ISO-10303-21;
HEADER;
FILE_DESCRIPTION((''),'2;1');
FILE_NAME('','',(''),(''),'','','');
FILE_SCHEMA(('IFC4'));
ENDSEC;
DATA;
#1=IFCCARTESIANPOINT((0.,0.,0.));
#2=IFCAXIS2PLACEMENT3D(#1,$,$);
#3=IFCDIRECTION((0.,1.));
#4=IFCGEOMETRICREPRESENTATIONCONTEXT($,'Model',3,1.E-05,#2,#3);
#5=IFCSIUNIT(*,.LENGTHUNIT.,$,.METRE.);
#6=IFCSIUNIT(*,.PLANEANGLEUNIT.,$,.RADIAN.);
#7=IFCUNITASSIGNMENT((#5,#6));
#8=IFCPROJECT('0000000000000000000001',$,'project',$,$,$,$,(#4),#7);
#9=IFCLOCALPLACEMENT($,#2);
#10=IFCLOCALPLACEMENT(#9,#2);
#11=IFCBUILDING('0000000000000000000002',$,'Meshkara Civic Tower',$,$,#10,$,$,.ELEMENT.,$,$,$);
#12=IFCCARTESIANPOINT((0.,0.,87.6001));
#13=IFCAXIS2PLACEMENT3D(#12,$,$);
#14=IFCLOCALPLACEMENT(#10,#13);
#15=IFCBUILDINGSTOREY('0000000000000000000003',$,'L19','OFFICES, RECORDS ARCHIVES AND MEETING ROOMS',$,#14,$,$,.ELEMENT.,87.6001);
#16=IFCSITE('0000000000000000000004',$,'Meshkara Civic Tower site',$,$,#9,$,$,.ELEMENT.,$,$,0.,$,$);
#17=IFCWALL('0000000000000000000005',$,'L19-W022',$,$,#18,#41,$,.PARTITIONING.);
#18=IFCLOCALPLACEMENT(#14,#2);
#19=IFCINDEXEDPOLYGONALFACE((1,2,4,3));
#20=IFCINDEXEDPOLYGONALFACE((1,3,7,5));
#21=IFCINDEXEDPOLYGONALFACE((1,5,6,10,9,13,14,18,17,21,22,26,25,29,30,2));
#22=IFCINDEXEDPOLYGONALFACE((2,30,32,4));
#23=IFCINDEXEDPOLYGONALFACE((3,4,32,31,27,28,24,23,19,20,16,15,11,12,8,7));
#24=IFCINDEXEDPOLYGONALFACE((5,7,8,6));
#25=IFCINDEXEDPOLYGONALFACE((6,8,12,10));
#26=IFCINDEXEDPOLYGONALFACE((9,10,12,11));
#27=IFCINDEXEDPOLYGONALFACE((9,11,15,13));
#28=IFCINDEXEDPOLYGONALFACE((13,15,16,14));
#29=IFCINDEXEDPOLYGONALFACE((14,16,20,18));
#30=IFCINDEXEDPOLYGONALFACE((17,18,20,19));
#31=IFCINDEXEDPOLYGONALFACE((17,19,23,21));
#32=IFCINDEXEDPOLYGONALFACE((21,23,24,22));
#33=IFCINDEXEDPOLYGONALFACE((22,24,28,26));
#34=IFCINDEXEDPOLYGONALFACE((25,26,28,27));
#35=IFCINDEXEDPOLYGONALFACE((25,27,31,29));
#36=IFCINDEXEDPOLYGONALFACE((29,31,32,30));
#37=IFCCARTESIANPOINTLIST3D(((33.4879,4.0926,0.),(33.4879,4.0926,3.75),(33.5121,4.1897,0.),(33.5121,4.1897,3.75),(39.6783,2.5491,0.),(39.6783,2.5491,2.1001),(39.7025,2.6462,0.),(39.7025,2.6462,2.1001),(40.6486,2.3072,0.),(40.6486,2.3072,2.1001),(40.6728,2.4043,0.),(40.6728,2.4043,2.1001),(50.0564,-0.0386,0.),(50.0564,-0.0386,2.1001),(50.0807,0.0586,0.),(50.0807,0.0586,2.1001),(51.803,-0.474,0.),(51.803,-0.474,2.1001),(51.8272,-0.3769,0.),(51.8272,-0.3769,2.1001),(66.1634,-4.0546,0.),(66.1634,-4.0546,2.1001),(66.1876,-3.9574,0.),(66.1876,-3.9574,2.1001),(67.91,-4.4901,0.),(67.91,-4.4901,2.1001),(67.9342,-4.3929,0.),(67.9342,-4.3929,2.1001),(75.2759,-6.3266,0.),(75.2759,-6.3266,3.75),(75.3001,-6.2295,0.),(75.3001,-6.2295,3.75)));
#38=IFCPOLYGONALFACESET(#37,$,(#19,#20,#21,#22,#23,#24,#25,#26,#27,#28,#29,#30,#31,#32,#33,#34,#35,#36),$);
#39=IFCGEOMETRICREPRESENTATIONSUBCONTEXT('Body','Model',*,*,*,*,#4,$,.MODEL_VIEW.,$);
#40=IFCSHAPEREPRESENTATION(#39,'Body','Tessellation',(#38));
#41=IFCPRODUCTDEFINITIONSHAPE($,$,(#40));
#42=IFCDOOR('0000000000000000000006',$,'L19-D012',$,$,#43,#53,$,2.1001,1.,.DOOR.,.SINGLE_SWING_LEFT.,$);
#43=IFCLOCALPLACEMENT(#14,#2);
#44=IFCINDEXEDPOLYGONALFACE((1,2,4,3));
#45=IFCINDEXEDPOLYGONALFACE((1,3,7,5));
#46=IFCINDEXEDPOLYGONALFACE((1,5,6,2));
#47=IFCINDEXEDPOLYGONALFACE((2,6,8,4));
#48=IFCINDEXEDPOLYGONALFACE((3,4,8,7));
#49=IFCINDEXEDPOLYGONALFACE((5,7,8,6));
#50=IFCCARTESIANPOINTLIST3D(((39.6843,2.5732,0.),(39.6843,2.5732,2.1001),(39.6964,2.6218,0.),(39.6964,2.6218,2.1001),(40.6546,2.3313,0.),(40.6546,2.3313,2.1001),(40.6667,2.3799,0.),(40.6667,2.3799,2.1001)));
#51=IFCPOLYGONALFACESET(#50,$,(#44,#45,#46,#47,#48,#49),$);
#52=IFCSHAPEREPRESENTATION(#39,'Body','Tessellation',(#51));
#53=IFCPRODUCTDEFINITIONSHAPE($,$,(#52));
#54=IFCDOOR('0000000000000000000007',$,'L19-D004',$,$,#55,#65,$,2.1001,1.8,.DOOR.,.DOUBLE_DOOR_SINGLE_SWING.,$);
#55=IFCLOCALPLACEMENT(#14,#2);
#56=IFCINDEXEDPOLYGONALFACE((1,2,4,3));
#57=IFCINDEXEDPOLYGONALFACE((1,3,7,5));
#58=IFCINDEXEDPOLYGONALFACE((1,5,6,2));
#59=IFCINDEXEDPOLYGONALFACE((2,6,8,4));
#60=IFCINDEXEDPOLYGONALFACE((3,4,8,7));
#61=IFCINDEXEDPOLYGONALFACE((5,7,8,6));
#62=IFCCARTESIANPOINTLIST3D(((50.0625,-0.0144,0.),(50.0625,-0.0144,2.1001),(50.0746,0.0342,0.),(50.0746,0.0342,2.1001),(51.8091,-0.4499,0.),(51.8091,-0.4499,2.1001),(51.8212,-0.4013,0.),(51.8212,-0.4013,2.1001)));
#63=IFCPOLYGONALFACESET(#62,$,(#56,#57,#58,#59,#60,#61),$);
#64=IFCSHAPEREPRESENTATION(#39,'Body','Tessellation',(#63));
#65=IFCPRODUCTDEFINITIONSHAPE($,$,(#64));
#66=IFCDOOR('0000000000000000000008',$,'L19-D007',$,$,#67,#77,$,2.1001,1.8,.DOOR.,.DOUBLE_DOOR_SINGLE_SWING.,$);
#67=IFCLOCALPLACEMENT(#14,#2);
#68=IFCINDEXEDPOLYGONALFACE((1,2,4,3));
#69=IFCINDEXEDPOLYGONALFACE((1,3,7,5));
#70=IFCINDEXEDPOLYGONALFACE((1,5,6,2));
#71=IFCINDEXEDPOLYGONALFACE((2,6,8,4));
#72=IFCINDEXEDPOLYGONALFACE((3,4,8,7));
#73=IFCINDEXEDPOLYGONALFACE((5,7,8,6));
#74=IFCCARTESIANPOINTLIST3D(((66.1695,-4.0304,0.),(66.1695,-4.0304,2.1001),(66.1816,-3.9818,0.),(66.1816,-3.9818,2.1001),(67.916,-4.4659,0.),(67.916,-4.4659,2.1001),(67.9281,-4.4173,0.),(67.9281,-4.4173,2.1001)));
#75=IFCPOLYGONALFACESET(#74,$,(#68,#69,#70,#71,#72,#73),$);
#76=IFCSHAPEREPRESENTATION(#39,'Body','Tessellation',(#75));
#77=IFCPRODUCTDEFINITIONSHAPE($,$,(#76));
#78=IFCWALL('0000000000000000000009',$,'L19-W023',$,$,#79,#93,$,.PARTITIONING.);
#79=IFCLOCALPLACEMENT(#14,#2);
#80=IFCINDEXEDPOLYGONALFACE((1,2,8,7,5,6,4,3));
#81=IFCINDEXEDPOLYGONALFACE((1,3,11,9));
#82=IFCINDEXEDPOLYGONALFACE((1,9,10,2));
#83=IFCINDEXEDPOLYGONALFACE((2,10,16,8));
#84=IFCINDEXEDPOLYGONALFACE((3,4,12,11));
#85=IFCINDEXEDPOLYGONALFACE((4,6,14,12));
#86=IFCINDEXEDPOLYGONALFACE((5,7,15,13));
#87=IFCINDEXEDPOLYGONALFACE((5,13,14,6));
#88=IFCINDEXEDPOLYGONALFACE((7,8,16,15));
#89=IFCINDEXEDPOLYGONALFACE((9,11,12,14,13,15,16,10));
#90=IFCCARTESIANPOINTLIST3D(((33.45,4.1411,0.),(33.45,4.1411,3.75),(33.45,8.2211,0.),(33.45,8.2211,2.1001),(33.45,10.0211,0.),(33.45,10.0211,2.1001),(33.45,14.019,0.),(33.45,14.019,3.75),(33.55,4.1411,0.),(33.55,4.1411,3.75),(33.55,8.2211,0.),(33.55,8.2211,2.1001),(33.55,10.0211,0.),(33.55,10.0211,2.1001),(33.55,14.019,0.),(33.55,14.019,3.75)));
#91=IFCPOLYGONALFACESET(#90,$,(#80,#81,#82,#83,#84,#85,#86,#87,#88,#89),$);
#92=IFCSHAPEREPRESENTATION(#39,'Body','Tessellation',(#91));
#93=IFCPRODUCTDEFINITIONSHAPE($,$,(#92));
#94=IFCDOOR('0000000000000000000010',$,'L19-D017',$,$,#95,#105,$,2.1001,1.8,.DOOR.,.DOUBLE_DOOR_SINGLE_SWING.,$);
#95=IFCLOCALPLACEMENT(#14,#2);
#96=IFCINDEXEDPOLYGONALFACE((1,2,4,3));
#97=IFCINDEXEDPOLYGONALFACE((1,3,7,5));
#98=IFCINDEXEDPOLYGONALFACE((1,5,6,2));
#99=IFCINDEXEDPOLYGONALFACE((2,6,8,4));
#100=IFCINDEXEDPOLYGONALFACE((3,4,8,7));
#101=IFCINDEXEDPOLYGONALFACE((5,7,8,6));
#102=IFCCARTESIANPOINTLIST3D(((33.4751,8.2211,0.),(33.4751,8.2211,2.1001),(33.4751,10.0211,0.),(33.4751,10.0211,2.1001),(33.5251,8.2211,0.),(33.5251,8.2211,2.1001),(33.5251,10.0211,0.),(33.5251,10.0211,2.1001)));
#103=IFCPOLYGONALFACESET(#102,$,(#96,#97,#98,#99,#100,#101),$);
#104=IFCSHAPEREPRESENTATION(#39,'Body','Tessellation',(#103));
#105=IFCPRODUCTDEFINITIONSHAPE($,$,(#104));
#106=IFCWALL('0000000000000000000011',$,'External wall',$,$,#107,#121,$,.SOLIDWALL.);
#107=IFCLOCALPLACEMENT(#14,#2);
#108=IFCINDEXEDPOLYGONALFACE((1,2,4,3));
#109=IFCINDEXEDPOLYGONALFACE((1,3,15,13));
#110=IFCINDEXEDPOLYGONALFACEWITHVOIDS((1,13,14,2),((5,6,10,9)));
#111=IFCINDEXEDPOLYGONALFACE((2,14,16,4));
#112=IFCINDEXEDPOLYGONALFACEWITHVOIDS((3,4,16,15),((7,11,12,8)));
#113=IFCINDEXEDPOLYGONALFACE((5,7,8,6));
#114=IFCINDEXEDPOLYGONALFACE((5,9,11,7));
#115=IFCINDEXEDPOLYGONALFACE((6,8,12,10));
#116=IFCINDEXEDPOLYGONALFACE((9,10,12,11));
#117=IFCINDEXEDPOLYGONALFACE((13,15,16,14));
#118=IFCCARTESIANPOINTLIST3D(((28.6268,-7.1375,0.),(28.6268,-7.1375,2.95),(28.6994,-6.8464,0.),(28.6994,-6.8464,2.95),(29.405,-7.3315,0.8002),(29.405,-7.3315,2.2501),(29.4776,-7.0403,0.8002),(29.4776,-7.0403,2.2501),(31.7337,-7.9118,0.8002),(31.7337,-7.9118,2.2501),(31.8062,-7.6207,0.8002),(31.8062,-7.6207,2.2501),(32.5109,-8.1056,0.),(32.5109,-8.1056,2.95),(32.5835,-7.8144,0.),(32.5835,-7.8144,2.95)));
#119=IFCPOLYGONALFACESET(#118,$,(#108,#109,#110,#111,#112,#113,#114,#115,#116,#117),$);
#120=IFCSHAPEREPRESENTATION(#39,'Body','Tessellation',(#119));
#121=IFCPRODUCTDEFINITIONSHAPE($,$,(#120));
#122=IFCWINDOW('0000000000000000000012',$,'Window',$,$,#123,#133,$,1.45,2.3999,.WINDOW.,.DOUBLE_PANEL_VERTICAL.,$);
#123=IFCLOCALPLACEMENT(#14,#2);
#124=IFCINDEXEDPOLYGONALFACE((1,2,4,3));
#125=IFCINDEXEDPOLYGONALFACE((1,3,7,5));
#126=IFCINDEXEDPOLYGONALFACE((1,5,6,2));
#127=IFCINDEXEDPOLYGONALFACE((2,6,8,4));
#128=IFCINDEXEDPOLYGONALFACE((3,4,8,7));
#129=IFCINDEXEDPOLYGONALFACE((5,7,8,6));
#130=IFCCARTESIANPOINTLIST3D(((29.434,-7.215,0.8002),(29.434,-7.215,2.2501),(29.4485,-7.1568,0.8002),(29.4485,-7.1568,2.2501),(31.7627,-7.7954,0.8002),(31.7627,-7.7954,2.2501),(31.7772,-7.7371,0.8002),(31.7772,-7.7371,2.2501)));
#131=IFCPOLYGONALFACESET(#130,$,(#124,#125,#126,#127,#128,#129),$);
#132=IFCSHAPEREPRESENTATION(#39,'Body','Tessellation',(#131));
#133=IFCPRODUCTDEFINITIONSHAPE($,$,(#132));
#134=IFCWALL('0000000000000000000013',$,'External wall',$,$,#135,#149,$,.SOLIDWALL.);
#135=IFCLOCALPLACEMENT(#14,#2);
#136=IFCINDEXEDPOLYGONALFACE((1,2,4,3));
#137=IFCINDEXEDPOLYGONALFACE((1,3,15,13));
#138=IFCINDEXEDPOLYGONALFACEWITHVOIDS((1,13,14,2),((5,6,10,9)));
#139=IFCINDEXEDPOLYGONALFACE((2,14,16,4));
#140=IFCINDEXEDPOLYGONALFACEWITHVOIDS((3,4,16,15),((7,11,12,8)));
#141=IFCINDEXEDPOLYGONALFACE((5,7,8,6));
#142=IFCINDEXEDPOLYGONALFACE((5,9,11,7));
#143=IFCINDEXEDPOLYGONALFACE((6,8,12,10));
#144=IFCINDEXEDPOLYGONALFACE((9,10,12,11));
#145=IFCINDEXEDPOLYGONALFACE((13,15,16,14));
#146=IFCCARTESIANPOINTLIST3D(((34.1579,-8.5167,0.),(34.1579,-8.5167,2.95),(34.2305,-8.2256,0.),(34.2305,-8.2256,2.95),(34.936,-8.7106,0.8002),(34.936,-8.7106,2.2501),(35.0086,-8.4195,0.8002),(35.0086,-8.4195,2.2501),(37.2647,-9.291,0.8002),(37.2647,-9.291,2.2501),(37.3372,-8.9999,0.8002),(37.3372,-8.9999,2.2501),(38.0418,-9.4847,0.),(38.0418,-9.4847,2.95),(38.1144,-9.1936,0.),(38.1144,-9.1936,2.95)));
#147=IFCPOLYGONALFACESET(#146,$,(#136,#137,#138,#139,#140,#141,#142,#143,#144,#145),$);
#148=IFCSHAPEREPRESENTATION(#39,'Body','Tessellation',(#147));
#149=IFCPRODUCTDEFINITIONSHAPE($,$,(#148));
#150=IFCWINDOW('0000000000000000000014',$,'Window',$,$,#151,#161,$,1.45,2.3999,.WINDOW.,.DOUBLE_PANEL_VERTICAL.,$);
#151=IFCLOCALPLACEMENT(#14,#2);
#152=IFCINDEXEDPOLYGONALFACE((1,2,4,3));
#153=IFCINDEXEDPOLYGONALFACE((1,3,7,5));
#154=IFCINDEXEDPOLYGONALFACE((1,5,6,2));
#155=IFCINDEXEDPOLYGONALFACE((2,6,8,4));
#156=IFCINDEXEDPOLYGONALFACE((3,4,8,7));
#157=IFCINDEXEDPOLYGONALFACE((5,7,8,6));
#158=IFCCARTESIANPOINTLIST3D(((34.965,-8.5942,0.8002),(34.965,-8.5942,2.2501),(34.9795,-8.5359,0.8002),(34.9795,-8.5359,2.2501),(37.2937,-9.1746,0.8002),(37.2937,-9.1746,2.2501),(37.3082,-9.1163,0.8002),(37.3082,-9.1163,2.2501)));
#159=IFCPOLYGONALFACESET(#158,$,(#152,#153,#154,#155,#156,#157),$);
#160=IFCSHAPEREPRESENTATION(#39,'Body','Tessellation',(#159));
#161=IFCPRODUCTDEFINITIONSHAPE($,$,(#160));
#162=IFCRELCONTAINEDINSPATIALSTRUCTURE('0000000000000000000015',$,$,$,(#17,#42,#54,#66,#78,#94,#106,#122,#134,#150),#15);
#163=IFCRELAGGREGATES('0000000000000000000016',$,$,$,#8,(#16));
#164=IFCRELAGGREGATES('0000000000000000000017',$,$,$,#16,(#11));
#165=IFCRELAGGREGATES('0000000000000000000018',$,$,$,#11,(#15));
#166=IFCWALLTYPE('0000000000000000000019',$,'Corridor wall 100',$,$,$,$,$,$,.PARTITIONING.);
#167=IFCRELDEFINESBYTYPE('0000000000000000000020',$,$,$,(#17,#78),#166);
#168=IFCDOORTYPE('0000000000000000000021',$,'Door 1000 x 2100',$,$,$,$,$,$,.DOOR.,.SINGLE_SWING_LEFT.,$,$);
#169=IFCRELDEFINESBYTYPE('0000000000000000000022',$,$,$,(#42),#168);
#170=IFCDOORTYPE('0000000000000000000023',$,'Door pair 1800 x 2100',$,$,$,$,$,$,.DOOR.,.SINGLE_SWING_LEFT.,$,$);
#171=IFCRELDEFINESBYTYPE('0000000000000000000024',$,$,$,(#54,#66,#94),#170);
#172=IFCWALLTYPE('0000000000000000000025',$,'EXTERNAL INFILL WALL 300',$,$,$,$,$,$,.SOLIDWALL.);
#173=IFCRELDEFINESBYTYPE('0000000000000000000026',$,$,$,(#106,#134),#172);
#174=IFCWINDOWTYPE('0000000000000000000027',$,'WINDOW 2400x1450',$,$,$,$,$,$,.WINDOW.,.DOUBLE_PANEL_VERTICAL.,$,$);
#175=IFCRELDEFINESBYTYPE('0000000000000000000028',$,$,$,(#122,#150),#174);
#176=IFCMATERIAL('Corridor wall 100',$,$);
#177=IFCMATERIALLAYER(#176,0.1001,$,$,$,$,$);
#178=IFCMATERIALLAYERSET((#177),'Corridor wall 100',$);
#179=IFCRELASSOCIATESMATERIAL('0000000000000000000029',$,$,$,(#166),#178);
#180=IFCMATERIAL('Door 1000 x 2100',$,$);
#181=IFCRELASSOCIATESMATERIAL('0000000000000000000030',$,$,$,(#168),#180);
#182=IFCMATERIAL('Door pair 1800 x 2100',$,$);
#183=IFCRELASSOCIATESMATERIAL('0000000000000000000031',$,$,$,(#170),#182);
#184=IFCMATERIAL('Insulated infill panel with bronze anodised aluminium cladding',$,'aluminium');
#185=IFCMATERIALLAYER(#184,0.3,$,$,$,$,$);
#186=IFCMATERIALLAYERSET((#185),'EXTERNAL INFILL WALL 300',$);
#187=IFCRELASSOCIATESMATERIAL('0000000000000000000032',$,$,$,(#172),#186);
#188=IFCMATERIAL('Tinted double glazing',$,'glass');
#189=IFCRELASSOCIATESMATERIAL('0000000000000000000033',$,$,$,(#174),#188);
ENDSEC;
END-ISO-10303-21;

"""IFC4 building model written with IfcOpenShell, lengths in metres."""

from ifc_helpers import new_model, si_unit, direction, frame, frame_2d, origin, place, context, subcontext, project, spatial, rectangle, extrude, material, layer, layer_set, type_object, element, fill, save


model = new_model("IFC4")

# Units and contexts
model_context = context("Model", 3, precision=1e-05, world=origin(), true_north=direction((0.0, 1.0)))
body_context = subcontext(model_context, "Body", "Model", "MODEL_VIEW")
ifc_project = project(units=[si_unit("LENGTHUNIT", "METRE"), si_unit("PLANEANGLEUNIT", "RADIAN")], contexts=[model_context])

# Site, building, storey
site_placement = place(None, origin())
site = spatial("IfcSite", under=ifc_project, at=site_placement, Name="Meshkara Civic Tower site", CompositionType="ELEMENT", RefElevation=0.0)
building_placement = place(site_placement, origin())
building = spatial("IfcBuilding", under=site, at=building_placement, Name="Meshkara Civic Tower", CompositionType="ELEMENT")
storey_placement = place(building_placement, frame((0.0, 0.0, 87.6001)))
storey = spatial("IfcBuildingStorey", under=building, at=storey_placement, Name="L19", Description="OFFICES, RECORDS ARCHIVES AND MEETING ROOMS", CompositionType="ELEMENT", Elevation=87.6001)

# Wall, openings, doors
ifc_material_1 = material(Name="Corridor wall 100")
ifc_layer_1 = layer(ifc_material_1, 0.1001)
ifc_layer_set_1 = layer_set([ifc_layer_1], Name="Corridor wall 100")
wall_type_1 = type_object("IfcWallType", Name="Corridor wall 100", PredefinedType="PARTITIONING", material=ifc_layer_set_1)
wall_1_placement = place(storey_placement, frame((33.5, 4.1411, 0.0), z_axis=(0.0, 0.0, 1.0), x_axis=(0.970294, -0.241927, 0.0)))
wall_1 = element("IfcWall", 1, at=wall_1_placement, inside=storey, type_object=wall_type_1, Name="L19-W022", PredefinedType="PARTITIONING", context=body_context, shape_type="SweptSolid", body=[
    extrude(rectangle(XDim=43.0674, YDim=0.1001, at=frame_2d((21.5337, 0.0))), origin(), (0.0, 0.0, 1.0), 3.75),
])
opening_1_placement = place(wall_1_placement, frame((17.0759, 0.0, 0.0)))
opening_1 = element("IfcOpeningElement", 2, at=opening_1_placement, cuts=wall_1, PredefinedType="OPENING", context=body_context, shape_type="SweptSolid", body=[
    extrude(rectangle(XDim=1.8, YDim=2.1001, at=frame_2d((0.8999, 1.05))), frame((0.0, 0.0601, 0.0), z_axis=(0.0, -1.0, 0.0), x_axis=(1.0, 0.0, 0.0)), (0.0, 0.0, 1.0), 0.1201),
])
opening_2_placement = place(wall_1_placement, frame((33.676, 0.0, 0.0)))
opening_2 = element("IfcOpeningElement", 3, at=opening_2_placement, cuts=wall_1, PredefinedType="OPENING", context=body_context, shape_type="SweptSolid", body=[
    extrude(rectangle(XDim=1.8, YDim=2.1001, at=frame_2d((0.8999, 1.05))), frame((0.0, 0.0601, 0.0), z_axis=(0.0, -1.0, 0.0), x_axis=(1.0, 0.0, 0.0)), (0.0, 0.0, 1.0), 0.1201),
])
opening_3_placement = place(wall_1_placement, frame((6.3799, 0.0, 0.0)))
opening_3 = element("IfcOpeningElement", 4, at=opening_3_placement, cuts=wall_1, PredefinedType="OPENING", context=body_context, shape_type="SweptSolid", body=[
    extrude(rectangle(XDim=1.0, YDim=2.1001, at=frame_2d((0.5, 1.05))), frame((0.0, 0.0601, 0.0), z_axis=(0.0, -1.0, 0.0), x_axis=(1.0, 0.0, 0.0)), (0.0, 0.0, 1.0), 0.1201),
])
ifc_material_2 = material(Name="Door 1000 x 2100")
door_type_1 = type_object("IfcDoorType", Name="Door 1000 x 2100", OperationType="SINGLE_SWING_LEFT", PredefinedType="DOOR", material=ifc_material_2)
door_1_placement = place(opening_3_placement, origin())
door_1 = element("IfcDoor", 5, at=door_1_placement, inside=storey, type_object=door_type_1, Name="L19-D012", OperationType="SINGLE_SWING_LEFT", OverallHeight=2.1001, OverallWidth=1.0, PredefinedType="DOOR", context=body_context, shape_type="SweptSolid", body=[
    extrude(rectangle(XDim=1.0, YDim=2.1001, at=frame_2d((0.5, 1.05))), frame((0.0, 0.0249, 0.0), z_axis=(0.0, -1.0, 0.0), x_axis=(1.0, 0.0, 0.0)), (0.0, 0.0, 1.0), 0.05),
])
fill(opening_3, door_1)
ifc_material_3 = material(Name="Door pair 1800 x 2100")
door_type_2 = type_object("IfcDoorType", Name="Door pair 1800 x 2100", OperationType="SINGLE_SWING_LEFT", PredefinedType="DOOR", material=ifc_material_3)
door_2_placement = place(opening_1_placement, origin())
door_2 = element("IfcDoor", 6, at=door_2_placement, inside=storey, type_object=door_type_2, Name="L19-D004", OperationType="DOUBLE_DOOR_SINGLE_SWING", OverallHeight=2.1001, OverallWidth=1.8, PredefinedType="DOOR", context=body_context, shape_type="SweptSolid", body=[
    extrude(rectangle(XDim=1.8, YDim=2.1001, at=frame_2d((0.8999, 1.05))), frame((0.0, 0.0249, 0.0), z_axis=(0.0, -1.0, 0.0), x_axis=(1.0, 0.0, 0.0)), (0.0, 0.0, 1.0), 0.05),
])
fill(opening_1, door_2)
door_3_placement = place(opening_2_placement, origin())
door_3 = element("IfcDoor", 7, at=door_3_placement, inside=storey, type_object=door_type_2, Name="L19-D007", OperationType="DOUBLE_DOOR_SINGLE_SWING", OverallHeight=2.1001, OverallWidth=1.8, PredefinedType="DOOR", context=body_context, shape_type="SweptSolid", body=[
    extrude(rectangle(XDim=1.8, YDim=2.1001, at=frame_2d((0.8999, 1.05))), frame((0.0, 0.0249, 0.0), z_axis=(0.0, -1.0, 0.0), x_axis=(1.0, 0.0, 0.0)), (0.0, 0.0, 1.0), 0.05),
])
fill(opening_2, door_3)

# Wall, opening, door
wall_2_placement = place(storey_placement, frame((33.5, 4.1411, 0.0), z_axis=(0.0, 0.0, 1.0), x_axis=(0.0, 1.0, 0.0)))
wall_2 = element("IfcWall", 8, at=wall_2_placement, inside=storey, type_object=wall_type_1, Name="L19-W023", PredefinedType="PARTITIONING", context=body_context, shape_type="SweptSolid", body=[
    extrude(rectangle(XDim=9.8779, YDim=0.1001, at=frame_2d((4.939, 0.0))), origin(), (0.0, 0.0, 1.0), 3.75),
])
opening_4_placement = place(wall_2_placement, frame((4.0801, 0.0, 0.0)))
opening_4 = element("IfcOpeningElement", 9, at=opening_4_placement, cuts=wall_2, PredefinedType="OPENING", context=body_context, shape_type="SweptSolid", body=[
    extrude(rectangle(XDim=1.8, YDim=2.1001, at=frame_2d((0.8999, 1.05))), frame((0.0, 0.0601, 0.0), z_axis=(0.0, -1.0, 0.0), x_axis=(1.0, 0.0, 0.0)), (0.0, 0.0, 1.0), 0.1201),
])
door_4_placement = place(opening_4_placement, origin())
door_4 = element("IfcDoor", 10, at=door_4_placement, inside=storey, type_object=door_type_2, Name="L19-D017", OperationType="DOUBLE_DOOR_SINGLE_SWING", OverallHeight=2.1001, OverallWidth=1.8, PredefinedType="DOOR", context=body_context, shape_type="SweptSolid", body=[
    extrude(rectangle(XDim=1.8, YDim=2.1001, at=frame_2d((0.8999, 1.05))), frame((0.0, 0.0249, 0.0), z_axis=(0.0, -1.0, 0.0), x_axis=(1.0, 0.0, 0.0)), (0.0, 0.0, 1.0), 0.05),
])
fill(opening_4, door_4)

# Walls, openings, windows
ifc_material_4 = material(Name="Insulated infill panel with bronze anodised aluminium cladding", Category="aluminium")
ifc_layer_2 = layer(ifc_material_4, 0.3)
ifc_layer_set_2 = layer_set([ifc_layer_2], Name="EXTERNAL INFILL WALL 300")
wall_type_2 = type_object("IfcWallType", Name="EXTERNAL INFILL WALL 300", PredefinedType="SOLIDWALL", material=ifc_layer_set_2)
wall_3_placement = place(storey_placement, frame((28.6631, -6.9919, 0.0), z_axis=(0.0, 0.0, 1.0), x_axis=(0.970318, -0.241832, 0.0)))
wall_3 = element("IfcWall", 11, at=wall_3_placement, inside=storey, type_object=wall_type_2, Name="External wall", PredefinedType="SOLIDWALL", context=body_context, shape_type="SweptSolid", body=[
    extrude(rectangle(XDim=4.0029, YDim=0.3, at=frame_2d((2.0015, 0.0))), origin(), (0.0, 0.0, 1.0), 2.95),
])
opening_5_placement = place(wall_3_placement, frame((0.802, 0.0, 0.8)))
opening_5 = element("IfcOpeningElement", 12, at=opening_5_placement, cuts=wall_3, PredefinedType="OPENING", context=body_context, shape_type="SweptSolid", body=[
    extrude(rectangle(XDim=2.3999, YDim=1.45, at=frame_2d((1.2, 0.7251))), frame((0.0, 0.1599, 0.0), z_axis=(0.0, -1.0, 0.0), x_axis=(1.0, 0.0, 0.0)), (0.0, 0.0, 1.0), 0.3201),
])
ifc_material_5 = material(Name="Tinted double glazing", Category="glass")
window_type = type_object("IfcWindowType", Name="WINDOW 2400x1450", PartitioningType="DOUBLE_PANEL_VERTICAL", PredefinedType="WINDOW", material=ifc_material_5)
window_1_placement = place(opening_5_placement, origin())
window_1 = element("IfcWindow", 13, at=window_1_placement, inside=storey, type_object=window_type, Name="Window", OverallHeight=1.45, OverallWidth=2.3999, PartitioningType="DOUBLE_PANEL_VERTICAL", PredefinedType="WINDOW", context=body_context, shape_type="SweptSolid", body=[
    extrude(rectangle(XDim=2.3999, YDim=1.45, at=frame_2d((1.2, 0.7251))), frame((0.0, 0.03, 0.0), z_axis=(0.0, -1.0, 0.0), x_axis=(1.0, 0.0, 0.0)), (0.0, 0.0, 1.0), 0.0601),
])
fill(opening_5, window_1)
wall_4_placement = place(storey_placement, frame((34.1941, -8.3711, 0.0), z_axis=(0.0, 0.0, 1.0), x_axis=(0.970314, -0.241847, 0.0)))
wall_4 = element("IfcWall", 14, at=wall_4_placement, inside=storey, type_object=wall_type_2, Name="External wall", PredefinedType="SOLIDWALL", context=body_context, shape_type="SweptSolid", body=[
    extrude(rectangle(XDim=4.0027, YDim=0.3, at=frame_2d((2.0015, 0.0))), origin(), (0.0, 0.0, 1.0), 2.95),
])
opening_6_placement = place(wall_4_placement, frame((0.802, 0.0, 0.8)))
opening_6 = element("IfcOpeningElement", 15, at=opening_6_placement, cuts=wall_4, PredefinedType="OPENING", context=body_context, shape_type="SweptSolid", body=[
    extrude(rectangle(XDim=2.3999, YDim=1.45, at=frame_2d((1.2, 0.7251))), frame((0.0, 0.1599, 0.0), z_axis=(0.0, -1.0, 0.0), x_axis=(1.0, 0.0, 0.0)), (0.0, 0.0, 1.0), 0.3201),
])
window_2_placement = place(opening_6_placement, origin())
window_2 = element("IfcWindow", 16, at=window_2_placement, inside=storey, type_object=window_type, Name="Window", OverallHeight=1.45, OverallWidth=2.3999, PartitioningType="DOUBLE_PANEL_VERTICAL", PredefinedType="WINDOW", context=body_context, shape_type="SweptSolid", body=[
    extrude(rectangle(XDim=2.3999, YDim=1.45, at=frame_2d((1.2, 0.7251))), frame((0.0, 0.03, 0.0), z_axis=(0.0, -1.0, 0.0), x_axis=(1.0, 0.0, 0.0)), (0.0, 0.0, 1.0), 0.0601),
])
fill(opening_6, window_2)

save(model, "model.ifc")
